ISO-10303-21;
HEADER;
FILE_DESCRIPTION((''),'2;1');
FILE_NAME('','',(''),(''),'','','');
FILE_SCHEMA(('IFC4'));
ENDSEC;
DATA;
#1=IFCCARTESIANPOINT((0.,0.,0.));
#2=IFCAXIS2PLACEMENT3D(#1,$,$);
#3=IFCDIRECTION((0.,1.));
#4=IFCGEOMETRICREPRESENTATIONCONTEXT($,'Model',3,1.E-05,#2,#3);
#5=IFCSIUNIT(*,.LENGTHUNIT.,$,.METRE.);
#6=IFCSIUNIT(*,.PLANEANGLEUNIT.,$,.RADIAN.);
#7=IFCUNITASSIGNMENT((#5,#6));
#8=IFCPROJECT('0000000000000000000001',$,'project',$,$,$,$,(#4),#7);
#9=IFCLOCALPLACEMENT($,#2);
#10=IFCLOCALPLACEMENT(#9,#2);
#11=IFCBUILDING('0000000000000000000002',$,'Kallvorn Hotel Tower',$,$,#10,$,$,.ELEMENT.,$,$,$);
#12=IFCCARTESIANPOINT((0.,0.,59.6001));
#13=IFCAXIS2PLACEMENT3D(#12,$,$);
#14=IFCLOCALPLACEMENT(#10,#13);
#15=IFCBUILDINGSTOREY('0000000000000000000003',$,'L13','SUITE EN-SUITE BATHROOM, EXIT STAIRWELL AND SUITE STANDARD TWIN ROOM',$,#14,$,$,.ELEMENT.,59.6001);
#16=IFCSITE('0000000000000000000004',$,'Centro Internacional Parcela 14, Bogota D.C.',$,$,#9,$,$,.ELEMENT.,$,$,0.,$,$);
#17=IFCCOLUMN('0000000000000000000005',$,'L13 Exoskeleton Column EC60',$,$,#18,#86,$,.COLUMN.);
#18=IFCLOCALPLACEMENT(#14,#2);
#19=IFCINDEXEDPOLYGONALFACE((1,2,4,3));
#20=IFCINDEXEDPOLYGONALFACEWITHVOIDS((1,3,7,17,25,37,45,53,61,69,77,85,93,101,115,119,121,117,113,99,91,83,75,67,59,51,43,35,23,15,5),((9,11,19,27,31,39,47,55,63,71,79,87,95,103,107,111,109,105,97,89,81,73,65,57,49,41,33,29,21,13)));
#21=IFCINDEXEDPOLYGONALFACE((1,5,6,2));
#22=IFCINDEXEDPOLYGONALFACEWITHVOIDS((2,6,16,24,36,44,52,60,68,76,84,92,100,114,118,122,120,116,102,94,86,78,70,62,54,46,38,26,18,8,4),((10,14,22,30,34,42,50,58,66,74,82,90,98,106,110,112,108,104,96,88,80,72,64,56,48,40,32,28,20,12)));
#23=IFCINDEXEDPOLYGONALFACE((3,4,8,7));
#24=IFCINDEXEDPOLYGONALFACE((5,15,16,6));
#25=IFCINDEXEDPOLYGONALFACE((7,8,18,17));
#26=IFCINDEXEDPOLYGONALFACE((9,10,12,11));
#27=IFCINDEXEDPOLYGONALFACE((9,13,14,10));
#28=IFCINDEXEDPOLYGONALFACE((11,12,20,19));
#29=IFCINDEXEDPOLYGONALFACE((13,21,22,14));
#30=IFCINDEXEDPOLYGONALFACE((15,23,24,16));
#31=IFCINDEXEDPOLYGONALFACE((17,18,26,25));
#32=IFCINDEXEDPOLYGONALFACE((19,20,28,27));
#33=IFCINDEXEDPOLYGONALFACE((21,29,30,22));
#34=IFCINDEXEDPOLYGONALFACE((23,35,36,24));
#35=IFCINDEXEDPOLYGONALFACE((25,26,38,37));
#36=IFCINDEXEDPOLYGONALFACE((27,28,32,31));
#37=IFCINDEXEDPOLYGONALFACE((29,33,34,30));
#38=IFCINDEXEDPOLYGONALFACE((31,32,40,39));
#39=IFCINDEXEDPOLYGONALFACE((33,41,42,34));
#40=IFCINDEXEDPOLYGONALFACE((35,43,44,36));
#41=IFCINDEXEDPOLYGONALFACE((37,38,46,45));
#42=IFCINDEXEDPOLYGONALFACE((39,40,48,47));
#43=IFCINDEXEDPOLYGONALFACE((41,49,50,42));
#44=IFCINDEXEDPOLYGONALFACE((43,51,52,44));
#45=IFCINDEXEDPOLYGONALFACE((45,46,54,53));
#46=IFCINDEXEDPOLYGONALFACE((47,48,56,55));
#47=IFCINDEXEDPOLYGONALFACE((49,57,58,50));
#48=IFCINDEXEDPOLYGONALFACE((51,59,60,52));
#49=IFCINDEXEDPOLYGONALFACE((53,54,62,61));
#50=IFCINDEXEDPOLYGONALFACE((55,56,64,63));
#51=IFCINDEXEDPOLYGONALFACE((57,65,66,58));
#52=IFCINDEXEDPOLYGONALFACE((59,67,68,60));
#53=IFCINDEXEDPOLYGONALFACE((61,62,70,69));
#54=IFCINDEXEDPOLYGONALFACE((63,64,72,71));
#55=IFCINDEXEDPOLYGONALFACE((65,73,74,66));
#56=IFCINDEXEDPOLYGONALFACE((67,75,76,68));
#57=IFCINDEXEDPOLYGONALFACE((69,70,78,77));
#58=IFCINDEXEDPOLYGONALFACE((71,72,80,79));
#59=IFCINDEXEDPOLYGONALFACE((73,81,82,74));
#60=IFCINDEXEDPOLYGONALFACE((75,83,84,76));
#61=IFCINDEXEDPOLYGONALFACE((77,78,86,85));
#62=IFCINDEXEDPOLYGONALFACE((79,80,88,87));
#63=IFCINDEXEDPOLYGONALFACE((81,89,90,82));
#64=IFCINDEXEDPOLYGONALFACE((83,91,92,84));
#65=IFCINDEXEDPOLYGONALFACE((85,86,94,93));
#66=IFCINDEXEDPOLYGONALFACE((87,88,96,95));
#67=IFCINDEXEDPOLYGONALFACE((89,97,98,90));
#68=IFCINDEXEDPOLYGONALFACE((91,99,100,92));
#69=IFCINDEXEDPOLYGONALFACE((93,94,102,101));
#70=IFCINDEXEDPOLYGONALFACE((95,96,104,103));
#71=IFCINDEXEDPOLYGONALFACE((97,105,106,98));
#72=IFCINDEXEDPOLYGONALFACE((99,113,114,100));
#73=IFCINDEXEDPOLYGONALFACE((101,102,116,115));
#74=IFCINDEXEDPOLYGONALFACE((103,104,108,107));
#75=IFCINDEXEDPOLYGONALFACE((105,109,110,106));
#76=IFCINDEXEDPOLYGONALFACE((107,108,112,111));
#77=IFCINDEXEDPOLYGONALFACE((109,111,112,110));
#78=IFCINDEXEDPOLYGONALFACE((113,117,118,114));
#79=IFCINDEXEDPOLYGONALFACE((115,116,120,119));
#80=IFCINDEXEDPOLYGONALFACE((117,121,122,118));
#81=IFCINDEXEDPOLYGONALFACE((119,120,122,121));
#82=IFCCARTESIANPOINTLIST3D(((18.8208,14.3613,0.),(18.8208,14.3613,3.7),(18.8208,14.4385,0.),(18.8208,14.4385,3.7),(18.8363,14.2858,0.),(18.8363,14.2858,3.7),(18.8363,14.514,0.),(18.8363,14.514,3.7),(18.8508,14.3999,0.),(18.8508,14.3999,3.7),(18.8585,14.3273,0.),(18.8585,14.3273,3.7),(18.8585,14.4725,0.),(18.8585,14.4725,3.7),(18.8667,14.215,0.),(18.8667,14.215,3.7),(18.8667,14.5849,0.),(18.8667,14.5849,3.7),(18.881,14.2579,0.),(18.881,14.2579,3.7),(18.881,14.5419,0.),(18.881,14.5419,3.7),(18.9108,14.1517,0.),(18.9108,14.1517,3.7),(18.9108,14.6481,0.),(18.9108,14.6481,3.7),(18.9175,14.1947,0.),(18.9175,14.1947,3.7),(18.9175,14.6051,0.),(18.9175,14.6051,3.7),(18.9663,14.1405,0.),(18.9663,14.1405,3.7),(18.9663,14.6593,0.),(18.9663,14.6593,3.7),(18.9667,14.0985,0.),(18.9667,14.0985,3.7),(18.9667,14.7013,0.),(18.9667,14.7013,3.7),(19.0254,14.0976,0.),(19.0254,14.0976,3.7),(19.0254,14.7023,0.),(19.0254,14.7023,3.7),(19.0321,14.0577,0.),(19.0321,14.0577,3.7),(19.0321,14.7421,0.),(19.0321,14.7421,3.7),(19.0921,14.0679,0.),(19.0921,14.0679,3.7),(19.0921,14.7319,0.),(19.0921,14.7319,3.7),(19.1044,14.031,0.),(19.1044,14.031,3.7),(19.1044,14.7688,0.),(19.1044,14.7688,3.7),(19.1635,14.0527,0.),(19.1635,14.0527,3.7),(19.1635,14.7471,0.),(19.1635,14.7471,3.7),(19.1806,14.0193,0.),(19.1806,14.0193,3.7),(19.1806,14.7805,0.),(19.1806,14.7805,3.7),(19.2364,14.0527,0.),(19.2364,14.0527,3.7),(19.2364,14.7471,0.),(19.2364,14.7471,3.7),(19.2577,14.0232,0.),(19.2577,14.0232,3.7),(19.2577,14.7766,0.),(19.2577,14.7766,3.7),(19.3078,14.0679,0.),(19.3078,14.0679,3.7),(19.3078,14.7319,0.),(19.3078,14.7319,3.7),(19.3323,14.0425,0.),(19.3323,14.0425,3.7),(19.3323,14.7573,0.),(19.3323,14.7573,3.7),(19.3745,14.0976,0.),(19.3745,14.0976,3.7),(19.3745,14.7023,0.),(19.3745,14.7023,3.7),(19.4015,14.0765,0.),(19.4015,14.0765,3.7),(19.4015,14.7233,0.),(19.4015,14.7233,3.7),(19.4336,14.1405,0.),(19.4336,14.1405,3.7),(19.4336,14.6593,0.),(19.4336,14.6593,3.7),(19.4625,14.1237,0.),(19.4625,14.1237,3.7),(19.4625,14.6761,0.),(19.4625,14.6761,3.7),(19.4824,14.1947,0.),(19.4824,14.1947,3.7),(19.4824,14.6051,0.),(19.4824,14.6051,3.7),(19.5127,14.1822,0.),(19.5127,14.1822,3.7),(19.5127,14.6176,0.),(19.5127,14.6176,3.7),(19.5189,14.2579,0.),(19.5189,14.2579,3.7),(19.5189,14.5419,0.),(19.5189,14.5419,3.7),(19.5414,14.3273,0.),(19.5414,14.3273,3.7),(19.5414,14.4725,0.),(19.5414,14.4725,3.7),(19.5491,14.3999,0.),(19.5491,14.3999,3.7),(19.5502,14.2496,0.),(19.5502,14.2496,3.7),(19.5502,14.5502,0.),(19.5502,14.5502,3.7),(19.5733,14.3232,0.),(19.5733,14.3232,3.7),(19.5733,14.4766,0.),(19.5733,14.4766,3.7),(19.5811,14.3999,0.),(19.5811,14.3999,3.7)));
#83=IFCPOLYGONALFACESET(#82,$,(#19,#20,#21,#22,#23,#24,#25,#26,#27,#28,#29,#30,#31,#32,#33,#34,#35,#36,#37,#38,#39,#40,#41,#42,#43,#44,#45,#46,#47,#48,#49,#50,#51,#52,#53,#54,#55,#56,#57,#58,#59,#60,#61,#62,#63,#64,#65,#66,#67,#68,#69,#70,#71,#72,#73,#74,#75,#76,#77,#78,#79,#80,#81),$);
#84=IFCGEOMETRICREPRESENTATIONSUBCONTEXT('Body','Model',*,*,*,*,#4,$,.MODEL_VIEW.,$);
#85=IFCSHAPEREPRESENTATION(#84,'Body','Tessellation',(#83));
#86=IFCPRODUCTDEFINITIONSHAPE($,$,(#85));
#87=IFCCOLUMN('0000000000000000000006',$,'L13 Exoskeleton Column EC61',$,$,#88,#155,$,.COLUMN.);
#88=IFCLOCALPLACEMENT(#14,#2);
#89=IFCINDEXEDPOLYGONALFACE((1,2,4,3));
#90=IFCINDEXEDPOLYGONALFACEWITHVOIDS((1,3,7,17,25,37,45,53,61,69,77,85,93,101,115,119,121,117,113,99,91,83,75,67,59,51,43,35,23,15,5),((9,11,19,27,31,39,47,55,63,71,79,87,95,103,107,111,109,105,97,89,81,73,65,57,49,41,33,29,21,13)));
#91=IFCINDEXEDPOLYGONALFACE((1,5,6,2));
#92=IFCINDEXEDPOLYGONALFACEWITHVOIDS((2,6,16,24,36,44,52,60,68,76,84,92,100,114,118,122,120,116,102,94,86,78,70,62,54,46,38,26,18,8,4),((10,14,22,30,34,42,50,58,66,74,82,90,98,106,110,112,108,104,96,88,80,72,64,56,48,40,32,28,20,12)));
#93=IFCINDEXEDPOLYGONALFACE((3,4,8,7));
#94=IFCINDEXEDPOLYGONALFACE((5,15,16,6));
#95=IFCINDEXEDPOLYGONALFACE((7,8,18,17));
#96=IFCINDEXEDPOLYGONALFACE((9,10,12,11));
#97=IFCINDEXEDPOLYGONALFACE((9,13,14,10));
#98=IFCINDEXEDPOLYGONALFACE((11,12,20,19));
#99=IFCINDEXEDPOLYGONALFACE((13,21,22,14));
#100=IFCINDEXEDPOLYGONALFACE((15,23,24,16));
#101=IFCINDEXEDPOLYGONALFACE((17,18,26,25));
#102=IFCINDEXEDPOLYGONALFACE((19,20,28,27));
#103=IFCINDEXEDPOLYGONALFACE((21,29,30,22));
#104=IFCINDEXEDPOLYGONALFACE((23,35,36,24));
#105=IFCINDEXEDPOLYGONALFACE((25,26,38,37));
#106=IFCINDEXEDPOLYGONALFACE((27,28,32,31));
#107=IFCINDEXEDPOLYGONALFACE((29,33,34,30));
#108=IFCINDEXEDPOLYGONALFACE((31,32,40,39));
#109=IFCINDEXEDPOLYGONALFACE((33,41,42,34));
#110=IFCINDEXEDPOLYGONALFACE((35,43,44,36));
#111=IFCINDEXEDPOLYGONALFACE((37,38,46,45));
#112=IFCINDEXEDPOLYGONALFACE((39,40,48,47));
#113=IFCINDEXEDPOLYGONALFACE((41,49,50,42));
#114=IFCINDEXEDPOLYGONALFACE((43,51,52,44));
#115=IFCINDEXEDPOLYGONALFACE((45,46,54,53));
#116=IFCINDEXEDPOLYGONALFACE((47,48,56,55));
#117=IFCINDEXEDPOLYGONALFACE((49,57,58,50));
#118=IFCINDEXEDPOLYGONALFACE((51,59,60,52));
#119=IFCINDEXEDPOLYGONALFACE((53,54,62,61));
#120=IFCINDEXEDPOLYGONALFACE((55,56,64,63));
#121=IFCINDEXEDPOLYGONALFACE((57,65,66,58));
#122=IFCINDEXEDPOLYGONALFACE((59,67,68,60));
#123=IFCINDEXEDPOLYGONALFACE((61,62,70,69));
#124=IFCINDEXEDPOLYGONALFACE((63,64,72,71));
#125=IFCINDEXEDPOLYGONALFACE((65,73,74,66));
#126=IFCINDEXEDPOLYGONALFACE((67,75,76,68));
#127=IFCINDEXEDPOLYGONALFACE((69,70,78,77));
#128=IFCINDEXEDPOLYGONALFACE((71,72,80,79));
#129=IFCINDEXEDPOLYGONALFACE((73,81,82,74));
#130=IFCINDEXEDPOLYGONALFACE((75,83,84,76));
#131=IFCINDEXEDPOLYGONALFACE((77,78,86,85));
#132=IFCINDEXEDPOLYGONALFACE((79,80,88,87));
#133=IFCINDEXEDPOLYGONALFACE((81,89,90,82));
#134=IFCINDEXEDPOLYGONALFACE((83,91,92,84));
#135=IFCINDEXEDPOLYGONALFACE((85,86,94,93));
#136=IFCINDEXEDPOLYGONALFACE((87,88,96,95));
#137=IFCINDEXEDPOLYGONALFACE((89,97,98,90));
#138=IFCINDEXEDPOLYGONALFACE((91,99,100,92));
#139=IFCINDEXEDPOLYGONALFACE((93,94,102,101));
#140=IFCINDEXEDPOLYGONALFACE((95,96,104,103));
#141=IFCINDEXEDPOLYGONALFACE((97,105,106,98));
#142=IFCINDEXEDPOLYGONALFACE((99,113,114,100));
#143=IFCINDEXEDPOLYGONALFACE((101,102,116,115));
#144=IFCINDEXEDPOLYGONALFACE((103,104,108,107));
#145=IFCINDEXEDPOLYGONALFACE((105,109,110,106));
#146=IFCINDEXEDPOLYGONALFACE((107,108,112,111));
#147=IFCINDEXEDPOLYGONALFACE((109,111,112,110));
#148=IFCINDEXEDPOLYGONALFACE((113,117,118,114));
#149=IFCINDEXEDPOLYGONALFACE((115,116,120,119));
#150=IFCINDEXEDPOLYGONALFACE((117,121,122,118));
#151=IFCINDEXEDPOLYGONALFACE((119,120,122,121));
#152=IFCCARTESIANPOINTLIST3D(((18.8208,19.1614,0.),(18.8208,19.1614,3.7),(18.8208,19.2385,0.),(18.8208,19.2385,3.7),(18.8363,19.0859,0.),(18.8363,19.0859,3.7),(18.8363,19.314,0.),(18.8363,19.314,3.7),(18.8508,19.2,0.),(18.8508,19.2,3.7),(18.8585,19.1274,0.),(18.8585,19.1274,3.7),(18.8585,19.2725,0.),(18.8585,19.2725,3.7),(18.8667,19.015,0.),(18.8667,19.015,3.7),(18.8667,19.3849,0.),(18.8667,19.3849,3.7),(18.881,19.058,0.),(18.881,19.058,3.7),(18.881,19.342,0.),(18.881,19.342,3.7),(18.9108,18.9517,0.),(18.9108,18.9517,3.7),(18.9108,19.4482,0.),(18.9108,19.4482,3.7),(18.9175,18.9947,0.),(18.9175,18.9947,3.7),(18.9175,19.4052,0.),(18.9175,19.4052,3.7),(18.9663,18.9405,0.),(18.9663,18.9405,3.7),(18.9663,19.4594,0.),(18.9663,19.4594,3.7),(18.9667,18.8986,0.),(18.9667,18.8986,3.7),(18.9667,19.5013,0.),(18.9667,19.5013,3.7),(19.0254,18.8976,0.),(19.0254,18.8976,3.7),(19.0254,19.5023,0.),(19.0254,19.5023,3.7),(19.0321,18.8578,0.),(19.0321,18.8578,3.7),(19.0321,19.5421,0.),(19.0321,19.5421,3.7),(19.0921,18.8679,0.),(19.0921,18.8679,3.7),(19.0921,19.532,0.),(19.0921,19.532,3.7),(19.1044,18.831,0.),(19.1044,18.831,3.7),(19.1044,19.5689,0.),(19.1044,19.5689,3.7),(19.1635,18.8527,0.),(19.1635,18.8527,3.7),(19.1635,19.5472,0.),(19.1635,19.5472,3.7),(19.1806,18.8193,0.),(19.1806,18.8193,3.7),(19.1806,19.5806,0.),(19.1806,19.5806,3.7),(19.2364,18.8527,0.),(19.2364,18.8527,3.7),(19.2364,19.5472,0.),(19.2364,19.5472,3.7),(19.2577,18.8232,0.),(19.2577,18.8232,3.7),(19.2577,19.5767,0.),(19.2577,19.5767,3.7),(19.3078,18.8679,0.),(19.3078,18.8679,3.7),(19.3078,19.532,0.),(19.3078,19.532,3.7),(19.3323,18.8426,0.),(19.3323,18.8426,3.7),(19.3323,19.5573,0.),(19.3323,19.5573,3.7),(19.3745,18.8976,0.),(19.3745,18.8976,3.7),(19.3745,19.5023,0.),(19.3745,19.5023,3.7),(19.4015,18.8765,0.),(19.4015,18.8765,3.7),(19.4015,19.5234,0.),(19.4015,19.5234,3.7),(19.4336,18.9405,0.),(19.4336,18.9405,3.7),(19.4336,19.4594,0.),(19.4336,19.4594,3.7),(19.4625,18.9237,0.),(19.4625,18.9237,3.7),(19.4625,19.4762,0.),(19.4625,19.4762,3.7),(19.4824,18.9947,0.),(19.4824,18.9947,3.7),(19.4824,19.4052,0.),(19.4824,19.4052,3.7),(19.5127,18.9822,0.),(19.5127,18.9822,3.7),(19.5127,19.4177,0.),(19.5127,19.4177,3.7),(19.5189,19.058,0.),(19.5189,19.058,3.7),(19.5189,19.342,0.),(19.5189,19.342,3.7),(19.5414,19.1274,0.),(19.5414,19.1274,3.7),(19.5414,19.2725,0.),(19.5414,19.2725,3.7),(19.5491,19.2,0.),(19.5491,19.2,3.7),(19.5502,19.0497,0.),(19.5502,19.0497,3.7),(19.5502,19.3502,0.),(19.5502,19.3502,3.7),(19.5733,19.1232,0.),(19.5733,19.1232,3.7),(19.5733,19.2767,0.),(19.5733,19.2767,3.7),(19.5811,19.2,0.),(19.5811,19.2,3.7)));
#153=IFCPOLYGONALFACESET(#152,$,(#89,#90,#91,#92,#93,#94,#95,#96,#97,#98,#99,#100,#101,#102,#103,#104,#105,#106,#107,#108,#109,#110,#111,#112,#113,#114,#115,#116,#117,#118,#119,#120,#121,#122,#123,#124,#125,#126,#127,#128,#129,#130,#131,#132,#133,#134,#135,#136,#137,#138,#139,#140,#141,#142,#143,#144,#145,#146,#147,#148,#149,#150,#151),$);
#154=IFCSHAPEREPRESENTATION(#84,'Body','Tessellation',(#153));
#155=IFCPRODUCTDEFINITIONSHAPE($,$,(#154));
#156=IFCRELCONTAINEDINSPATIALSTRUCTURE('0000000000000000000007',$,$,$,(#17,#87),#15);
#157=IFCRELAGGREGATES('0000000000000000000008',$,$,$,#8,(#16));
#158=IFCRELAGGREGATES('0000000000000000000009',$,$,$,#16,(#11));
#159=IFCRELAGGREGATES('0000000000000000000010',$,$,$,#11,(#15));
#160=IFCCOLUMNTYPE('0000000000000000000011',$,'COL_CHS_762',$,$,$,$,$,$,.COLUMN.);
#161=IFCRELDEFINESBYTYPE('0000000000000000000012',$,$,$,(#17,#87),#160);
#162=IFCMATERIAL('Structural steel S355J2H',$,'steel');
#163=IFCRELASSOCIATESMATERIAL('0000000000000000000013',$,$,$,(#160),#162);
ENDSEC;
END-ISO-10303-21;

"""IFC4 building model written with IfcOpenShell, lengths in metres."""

from ifc_helpers import new_model, si_unit, direction, frame, origin, origin_2d, place, context, subcontext, project, spatial, hollow_circle, extrude, material, material_profile, profile_set, type_object, element, save


model = new_model("IFC4")

# Units and contexts
model_context = context("Model", 3, precision=1e-05, world=origin(), true_north=direction((0.0, 1.0)))
body_context = subcontext(model_context, "Body", "Model", "MODEL_VIEW")
ifc_project = project(units=[si_unit("LENGTHUNIT", "METRE"), si_unit("PLANEANGLEUNIT", "RADIAN")], contexts=[model_context])

# Site, building, storey
site_placement = place(None, origin())
site = spatial("IfcSite", under=ifc_project, at=site_placement, Name="Centro Internacional Parcela 14, Bogota D.C.", CompositionType="ELEMENT", RefElevation=0.0)
building_placement = place(site_placement, origin())
building = spatial("IfcBuilding", under=site, at=building_placement, Name="Kallvorn Hotel Tower", CompositionType="ELEMENT")
storey_placement = place(building_placement, frame((0.0, 0.0, 59.6001)))
storey = spatial("IfcBuildingStorey", under=building, at=storey_placement, Name="L13", Description="SUITE EN-SUITE BATHROOM, EXIT STAIRWELL AND SUITE STANDARD TWIN ROOM", CompositionType="ELEMENT", Elevation=59.6001)

# Columns
ifc_material_1 = material(Name="Structural steel S355J2H", Category="steel")
ifc_material_profile_1 = material_profile(ifc_material_1, hollow_circle(Radius=0.3811, WallThickness=0.032, at=origin_2d()), Name="CHS 762x32")
ifc_profile_set_1 = profile_set([ifc_material_profile_1], Name="Structural steel S355J2H")
column_type_1 = type_object("IfcColumnType", Name="COL_CHS_762", PredefinedType="COLUMN", material=ifc_profile_set_1)
for number, where, z_axis, x_axis, name in (
    (1, (19.2, 14.3999, 0.0), (0.0, 0.0, 1.0), (1.0, 0.0, 0.0), "L13 Exoskeleton Column EC60"),
    (2, (19.2, 19.2, 0.0), (0.0, 0.0, 1.0), (1.0, 0.0, 0.0), "L13 Exoskeleton Column EC61"),
):
    element("IfcColumn", number, at=place(storey_placement, frame(where, z_axis=z_axis, x_axis=x_axis)), inside=storey, type_object=column_type_1, Name=name, PredefinedType="COLUMN", context=body_context, shape_type="SweptSolid", body=[
        extrude(hollow_circle(Radius=0.3811, WallThickness=0.032, at=origin_2d()), origin(), (0.0, 0.0, 1.0), 3.7),
    ])

save(model, "model.ifc")
